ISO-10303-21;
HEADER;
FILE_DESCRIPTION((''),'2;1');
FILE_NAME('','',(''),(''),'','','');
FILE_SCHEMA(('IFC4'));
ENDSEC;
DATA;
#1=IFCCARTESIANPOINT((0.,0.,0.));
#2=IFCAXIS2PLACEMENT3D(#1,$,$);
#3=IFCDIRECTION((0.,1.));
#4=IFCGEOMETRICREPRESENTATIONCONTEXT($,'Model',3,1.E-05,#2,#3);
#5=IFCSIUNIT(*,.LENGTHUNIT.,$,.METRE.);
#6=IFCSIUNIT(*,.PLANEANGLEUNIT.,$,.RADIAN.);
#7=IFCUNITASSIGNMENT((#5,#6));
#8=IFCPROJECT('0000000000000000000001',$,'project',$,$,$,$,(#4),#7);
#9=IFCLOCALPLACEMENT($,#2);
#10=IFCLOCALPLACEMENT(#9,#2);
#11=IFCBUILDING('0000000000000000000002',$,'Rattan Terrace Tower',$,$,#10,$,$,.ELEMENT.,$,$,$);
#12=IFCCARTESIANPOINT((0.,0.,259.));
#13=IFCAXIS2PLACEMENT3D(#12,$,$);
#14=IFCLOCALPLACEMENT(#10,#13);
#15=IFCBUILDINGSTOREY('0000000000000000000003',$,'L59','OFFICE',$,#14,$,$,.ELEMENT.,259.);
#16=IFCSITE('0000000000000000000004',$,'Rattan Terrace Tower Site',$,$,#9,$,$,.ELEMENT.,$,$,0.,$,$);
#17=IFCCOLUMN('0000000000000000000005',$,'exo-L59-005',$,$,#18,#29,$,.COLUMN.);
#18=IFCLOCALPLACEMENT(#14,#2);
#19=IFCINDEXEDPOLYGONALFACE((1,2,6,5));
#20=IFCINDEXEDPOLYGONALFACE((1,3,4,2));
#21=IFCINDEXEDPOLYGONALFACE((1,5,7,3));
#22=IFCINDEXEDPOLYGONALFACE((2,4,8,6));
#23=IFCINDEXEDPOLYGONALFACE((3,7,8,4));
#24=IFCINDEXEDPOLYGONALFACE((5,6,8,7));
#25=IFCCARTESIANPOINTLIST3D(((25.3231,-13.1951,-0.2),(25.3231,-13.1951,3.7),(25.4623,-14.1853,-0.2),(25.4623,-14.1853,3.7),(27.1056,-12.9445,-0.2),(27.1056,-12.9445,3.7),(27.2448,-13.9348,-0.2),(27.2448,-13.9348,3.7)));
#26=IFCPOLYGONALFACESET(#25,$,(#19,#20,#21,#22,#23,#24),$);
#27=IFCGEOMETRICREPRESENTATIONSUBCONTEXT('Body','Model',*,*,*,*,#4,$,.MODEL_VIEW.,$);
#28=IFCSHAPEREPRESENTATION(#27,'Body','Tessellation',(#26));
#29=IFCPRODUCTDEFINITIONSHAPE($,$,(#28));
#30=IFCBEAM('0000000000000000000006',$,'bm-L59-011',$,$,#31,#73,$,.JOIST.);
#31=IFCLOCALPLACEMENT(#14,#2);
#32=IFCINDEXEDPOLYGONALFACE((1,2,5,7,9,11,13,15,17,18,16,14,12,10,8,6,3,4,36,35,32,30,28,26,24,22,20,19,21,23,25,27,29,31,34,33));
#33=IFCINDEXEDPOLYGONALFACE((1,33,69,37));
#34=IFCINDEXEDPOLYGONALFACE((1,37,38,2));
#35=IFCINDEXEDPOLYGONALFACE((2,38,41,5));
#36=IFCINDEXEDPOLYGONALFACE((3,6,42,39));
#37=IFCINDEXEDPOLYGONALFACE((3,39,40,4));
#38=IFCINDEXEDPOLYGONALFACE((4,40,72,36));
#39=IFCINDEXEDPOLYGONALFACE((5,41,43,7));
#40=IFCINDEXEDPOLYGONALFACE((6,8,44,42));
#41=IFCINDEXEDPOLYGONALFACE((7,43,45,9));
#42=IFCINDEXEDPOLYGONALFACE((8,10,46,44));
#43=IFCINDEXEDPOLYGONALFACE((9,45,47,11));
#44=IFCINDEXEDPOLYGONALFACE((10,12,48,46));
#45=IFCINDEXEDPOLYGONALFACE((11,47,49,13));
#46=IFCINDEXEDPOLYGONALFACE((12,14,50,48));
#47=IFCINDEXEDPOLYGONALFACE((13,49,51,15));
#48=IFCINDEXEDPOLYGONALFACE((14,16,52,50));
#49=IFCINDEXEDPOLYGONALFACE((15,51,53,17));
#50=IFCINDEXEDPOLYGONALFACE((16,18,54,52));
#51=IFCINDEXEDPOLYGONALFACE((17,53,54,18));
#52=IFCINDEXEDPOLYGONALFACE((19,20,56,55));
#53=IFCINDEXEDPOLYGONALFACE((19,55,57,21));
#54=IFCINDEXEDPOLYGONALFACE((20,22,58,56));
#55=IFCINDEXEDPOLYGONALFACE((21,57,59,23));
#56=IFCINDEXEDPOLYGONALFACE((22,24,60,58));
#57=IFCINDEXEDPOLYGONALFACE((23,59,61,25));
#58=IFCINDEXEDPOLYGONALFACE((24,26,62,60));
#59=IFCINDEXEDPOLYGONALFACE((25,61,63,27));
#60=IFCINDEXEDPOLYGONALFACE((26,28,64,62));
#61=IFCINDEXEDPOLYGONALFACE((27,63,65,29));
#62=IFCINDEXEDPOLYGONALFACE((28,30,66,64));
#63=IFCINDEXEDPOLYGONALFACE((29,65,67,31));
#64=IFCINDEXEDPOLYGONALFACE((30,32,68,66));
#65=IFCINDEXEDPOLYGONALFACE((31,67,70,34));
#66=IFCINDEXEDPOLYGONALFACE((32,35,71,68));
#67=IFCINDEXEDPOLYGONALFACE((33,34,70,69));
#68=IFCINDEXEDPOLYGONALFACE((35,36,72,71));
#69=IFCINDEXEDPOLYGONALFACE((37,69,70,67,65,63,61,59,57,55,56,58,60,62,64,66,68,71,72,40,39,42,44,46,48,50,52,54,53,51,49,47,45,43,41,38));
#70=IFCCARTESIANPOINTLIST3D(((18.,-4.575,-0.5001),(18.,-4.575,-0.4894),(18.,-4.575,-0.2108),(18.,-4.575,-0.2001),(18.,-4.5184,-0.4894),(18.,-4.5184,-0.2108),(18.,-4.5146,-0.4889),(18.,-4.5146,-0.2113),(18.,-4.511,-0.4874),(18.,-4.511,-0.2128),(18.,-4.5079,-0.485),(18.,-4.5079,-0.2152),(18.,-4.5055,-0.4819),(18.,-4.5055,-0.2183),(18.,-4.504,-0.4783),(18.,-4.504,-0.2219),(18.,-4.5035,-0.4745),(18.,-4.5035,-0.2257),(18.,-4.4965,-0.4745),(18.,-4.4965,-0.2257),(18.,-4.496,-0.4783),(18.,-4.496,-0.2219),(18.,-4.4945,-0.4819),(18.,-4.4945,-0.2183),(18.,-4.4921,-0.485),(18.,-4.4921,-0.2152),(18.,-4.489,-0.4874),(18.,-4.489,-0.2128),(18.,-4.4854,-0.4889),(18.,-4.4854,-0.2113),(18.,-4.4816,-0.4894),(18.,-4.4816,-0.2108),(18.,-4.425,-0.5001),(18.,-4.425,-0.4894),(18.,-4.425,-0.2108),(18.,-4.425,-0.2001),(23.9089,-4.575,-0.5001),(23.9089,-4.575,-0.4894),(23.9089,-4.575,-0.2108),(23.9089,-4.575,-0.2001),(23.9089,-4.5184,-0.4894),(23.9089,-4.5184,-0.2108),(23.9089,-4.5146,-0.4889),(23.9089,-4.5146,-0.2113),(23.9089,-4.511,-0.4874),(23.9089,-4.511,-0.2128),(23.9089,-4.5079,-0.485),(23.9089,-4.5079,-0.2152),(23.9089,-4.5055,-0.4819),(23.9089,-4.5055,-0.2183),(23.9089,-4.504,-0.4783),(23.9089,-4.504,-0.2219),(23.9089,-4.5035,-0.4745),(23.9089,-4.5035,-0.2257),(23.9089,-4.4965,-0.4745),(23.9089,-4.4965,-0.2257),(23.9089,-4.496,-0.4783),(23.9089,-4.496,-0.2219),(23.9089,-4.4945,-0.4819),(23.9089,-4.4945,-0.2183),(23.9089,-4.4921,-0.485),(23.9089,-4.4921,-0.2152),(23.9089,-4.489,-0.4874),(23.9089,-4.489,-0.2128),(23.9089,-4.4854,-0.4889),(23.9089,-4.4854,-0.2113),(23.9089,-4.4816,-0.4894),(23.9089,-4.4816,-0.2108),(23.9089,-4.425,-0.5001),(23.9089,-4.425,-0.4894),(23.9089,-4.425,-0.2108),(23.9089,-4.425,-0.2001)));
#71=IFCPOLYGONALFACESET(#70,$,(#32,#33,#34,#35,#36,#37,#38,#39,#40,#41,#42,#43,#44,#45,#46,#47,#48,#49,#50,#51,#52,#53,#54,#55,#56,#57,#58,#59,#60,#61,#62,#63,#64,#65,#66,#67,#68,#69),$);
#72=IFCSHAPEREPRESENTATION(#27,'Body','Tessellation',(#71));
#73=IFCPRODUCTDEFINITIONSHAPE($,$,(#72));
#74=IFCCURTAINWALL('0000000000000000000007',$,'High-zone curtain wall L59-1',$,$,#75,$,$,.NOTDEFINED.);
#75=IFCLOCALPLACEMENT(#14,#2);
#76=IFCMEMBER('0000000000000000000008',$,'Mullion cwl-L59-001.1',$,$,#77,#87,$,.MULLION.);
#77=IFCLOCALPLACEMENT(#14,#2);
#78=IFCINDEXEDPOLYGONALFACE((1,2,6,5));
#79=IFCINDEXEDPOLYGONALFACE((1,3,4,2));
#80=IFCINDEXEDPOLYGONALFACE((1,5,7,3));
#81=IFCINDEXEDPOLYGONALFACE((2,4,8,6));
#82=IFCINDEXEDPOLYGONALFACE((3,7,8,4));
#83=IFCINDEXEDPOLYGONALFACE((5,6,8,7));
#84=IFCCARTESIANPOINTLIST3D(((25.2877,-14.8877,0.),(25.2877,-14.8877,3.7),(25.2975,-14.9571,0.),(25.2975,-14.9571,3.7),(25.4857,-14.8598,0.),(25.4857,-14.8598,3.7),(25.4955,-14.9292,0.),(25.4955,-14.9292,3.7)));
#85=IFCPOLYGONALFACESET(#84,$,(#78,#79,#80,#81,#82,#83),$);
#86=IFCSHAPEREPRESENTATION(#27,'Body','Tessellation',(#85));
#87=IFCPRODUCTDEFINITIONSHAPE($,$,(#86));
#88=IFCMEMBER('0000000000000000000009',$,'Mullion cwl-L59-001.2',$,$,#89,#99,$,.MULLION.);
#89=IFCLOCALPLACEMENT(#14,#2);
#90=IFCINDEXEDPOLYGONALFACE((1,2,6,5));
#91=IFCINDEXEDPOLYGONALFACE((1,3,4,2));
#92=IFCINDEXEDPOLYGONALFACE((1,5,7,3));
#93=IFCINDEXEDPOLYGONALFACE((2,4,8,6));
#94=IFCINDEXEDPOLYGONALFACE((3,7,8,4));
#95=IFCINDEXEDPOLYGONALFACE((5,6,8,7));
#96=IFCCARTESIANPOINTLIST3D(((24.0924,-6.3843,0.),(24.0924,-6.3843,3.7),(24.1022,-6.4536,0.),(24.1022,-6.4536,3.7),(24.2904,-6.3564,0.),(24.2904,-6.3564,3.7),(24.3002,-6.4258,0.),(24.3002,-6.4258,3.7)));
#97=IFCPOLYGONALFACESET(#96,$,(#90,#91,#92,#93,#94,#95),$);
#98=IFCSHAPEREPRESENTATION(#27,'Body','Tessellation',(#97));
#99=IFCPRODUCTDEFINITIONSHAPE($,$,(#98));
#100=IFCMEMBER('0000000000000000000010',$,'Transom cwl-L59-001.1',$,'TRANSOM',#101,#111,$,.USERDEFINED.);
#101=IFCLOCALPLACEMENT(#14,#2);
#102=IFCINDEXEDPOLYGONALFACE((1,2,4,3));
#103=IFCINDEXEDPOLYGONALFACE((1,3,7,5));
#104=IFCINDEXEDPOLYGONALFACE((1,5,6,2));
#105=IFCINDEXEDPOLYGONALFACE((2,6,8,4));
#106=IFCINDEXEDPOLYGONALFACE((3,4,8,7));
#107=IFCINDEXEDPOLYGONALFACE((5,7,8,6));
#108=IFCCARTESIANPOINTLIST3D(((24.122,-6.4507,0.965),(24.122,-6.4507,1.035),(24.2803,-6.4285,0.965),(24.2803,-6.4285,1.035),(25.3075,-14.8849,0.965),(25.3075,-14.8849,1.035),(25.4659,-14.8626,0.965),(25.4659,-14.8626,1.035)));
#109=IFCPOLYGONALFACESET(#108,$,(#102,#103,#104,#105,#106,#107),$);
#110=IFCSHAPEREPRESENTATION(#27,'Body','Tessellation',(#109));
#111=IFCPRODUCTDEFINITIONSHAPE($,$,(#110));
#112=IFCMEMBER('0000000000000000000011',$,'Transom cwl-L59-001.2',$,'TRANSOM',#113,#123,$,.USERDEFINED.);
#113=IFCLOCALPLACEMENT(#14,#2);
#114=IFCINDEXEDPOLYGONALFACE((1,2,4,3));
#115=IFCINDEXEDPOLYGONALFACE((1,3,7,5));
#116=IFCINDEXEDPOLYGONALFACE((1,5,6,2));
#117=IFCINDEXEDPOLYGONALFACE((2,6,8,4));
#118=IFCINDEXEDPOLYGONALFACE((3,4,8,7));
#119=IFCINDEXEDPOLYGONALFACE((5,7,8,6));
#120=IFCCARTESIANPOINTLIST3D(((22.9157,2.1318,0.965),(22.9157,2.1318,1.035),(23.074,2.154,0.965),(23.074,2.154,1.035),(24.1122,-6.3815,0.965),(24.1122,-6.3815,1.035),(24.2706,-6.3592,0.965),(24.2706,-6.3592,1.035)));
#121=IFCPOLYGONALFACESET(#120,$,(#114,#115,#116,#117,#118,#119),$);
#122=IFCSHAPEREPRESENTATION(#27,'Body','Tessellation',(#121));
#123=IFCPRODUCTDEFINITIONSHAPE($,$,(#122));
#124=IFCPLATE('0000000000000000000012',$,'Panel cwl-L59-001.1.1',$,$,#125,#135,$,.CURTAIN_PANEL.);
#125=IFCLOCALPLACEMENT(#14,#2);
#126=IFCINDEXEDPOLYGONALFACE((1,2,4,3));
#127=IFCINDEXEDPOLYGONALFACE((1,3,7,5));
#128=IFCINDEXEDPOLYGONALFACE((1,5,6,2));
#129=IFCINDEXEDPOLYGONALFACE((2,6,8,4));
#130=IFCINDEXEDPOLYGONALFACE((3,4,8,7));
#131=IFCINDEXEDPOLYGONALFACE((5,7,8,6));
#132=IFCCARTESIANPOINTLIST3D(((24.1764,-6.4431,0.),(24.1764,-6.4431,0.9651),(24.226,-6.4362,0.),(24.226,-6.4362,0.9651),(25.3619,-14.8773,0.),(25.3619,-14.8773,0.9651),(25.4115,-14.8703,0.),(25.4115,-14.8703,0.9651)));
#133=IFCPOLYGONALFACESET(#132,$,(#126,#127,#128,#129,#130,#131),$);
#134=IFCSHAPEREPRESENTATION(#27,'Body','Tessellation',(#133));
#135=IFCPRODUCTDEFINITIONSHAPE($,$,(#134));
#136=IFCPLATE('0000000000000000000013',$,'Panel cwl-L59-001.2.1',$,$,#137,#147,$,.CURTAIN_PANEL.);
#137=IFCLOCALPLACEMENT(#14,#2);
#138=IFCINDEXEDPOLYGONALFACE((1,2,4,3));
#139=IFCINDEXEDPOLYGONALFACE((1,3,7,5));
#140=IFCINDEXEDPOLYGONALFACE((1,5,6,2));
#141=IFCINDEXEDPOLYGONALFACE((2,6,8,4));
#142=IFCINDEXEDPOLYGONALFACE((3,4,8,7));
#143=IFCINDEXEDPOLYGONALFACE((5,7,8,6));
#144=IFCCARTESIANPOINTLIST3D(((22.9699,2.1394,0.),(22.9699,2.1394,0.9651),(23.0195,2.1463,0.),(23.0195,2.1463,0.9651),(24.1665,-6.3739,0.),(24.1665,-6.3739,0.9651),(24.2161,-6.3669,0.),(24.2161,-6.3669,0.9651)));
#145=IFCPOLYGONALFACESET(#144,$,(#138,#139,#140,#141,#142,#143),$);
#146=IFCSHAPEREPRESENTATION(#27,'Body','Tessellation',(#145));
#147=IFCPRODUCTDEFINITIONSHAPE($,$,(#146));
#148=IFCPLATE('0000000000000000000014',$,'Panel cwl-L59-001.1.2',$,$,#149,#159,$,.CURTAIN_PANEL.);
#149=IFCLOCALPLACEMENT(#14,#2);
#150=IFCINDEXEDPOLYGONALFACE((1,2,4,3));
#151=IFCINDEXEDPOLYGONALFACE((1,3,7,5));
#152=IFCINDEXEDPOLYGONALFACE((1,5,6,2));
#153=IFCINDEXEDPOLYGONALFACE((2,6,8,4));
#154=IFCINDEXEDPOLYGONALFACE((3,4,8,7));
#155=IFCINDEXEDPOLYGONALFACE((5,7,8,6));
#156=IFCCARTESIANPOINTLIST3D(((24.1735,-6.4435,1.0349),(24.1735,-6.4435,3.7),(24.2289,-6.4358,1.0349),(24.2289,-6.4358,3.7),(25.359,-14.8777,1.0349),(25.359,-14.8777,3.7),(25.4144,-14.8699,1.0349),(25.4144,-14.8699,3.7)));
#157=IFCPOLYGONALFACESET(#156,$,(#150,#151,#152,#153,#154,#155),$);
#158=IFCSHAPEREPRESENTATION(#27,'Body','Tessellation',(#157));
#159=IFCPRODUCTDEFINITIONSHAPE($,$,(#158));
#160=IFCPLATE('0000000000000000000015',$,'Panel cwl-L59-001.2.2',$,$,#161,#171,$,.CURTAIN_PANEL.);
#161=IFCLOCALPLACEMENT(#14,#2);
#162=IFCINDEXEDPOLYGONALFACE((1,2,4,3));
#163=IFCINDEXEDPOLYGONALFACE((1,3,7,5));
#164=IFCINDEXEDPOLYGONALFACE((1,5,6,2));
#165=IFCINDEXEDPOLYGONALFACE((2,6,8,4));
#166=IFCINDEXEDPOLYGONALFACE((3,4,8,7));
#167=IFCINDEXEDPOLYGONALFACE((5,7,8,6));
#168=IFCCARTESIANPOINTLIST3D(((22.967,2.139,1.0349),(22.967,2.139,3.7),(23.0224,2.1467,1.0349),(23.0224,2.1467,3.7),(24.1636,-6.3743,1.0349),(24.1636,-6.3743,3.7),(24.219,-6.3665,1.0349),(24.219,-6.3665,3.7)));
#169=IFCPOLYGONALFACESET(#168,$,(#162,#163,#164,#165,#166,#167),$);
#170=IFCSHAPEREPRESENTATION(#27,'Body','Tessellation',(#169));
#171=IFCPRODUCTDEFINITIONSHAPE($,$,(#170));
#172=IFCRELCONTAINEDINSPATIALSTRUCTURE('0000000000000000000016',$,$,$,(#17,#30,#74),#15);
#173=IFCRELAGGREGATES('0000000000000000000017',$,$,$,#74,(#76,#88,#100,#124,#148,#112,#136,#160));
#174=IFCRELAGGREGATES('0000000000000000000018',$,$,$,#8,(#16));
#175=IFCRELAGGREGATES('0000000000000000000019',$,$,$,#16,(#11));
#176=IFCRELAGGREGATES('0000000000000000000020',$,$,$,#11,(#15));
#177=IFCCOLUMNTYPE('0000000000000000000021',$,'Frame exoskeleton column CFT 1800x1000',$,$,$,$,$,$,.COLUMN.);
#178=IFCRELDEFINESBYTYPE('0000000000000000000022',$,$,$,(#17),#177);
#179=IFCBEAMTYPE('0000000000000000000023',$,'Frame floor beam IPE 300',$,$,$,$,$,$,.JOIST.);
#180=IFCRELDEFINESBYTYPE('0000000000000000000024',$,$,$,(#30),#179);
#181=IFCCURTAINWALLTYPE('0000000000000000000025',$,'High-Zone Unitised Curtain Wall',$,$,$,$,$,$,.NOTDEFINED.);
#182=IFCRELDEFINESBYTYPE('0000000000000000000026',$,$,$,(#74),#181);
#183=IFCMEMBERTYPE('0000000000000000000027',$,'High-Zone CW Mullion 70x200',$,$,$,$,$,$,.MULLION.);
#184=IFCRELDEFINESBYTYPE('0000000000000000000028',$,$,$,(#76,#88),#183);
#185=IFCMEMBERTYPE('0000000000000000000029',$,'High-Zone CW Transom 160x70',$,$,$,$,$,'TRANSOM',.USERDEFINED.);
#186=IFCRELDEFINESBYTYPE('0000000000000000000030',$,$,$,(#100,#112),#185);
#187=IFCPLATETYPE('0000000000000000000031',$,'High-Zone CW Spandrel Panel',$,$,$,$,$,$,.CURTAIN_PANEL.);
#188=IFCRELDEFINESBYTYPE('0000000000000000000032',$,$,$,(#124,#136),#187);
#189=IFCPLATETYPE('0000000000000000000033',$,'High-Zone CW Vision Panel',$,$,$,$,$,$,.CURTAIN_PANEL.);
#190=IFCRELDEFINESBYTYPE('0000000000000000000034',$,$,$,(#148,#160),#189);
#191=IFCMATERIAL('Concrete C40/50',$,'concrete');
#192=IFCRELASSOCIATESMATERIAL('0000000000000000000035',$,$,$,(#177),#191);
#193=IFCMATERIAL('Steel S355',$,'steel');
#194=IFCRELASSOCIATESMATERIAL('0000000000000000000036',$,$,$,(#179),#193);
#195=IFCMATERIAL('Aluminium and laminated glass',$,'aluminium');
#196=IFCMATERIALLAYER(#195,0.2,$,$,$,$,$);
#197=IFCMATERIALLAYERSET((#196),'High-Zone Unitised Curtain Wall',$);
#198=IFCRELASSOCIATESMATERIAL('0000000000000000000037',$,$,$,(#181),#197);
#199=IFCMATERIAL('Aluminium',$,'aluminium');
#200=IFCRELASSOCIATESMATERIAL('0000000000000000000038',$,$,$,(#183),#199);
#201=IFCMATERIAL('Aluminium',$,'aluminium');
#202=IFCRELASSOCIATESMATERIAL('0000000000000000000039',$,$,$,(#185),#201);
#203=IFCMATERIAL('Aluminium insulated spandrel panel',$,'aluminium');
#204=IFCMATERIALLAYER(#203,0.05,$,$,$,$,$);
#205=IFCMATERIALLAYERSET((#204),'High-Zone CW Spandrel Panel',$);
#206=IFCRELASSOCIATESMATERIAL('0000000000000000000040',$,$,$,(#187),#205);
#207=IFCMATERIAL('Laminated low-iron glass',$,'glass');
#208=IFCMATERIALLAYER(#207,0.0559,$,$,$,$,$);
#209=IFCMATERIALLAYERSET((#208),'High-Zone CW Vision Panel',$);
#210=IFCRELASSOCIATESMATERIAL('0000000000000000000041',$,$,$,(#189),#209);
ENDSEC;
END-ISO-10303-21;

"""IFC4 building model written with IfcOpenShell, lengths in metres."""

from ifc_helpers import new_model, si_unit, direction, frame, origin, origin_2d, place, context, subcontext, project, spatial, rectangle, i_section, extrude, material, layer, layer_set, material_profile, profile_set, type_object, element, aggregate, save


model = new_model("IFC4")

# Units and contexts
model_context = context("Model", 3, precision=1e-05, world=origin(), true_north=direction((0.0, 1.0)))
body_context = subcontext(model_context, "Body", "Model", "MODEL_VIEW")
ifc_project = project(units=[si_unit("LENGTHUNIT", "METRE"), si_unit("PLANEANGLEUNIT", "RADIAN")], contexts=[model_context])

# Site, building, storey
site_placement = place(None, origin())
site = spatial("IfcSite", under=ifc_project, at=site_placement, Name="Rattan Terrace Tower Site", CompositionType="ELEMENT", RefElevation=0.0)
building_placement = place(site_placement, origin())
building = spatial("IfcBuilding", under=site, at=building_placement, Name="Rattan Terrace Tower", CompositionType="ELEMENT")
storey_placement = place(building_placement, frame((0.0, 0.0, 259.0)))
storey = spatial("IfcBuildingStorey", under=building, at=storey_placement, Name="L59", Description="OFFICE", CompositionType="ELEMENT", Elevation=259.0)

# Column
ifc_material_1 = material(Name="Concrete C40/50", Category="concrete")
ifc_material_profile_1 = material_profile(ifc_material_1, rectangle(XDim=1.0, YDim=1.8, at=origin_2d()), Name="CFT 1800x1000")
ifc_profile_set_1 = profile_set([ifc_material_profile_1], Name="Concrete C40/50")
column_type = type_object("IfcColumnType", Name="Frame exoskeleton column CFT 1800x1000", PredefinedType="COLUMN", material=ifc_profile_set_1)
column_placement = place(storey_placement, frame((26.2839, -13.5649, -0.2), z_axis=(0.0, 0.0, 1.0), x_axis=(-0.13919, 0.990266, 0.0)))
element("IfcColumn", 1, at=column_placement, inside=storey, type_object=column_type, Name="exo-L59-005", PredefinedType="COLUMN", context=body_context, shape_type="SweptSolid", body=[
    extrude(rectangle(XDim=1.0, YDim=1.8, at=origin_2d()), origin(), (0.0, 0.0, 1.0), 3.8999),
])

# Beam
ifc_material_2 = material(Name="Steel S355", Category="steel")
ifc_material_profile_2 = material_profile(ifc_material_2, i_section(OverallWidth=0.1499, OverallDepth=0.3, WebThickness=0.0071, FlangeThickness=0.0107, FilletRadius=0.0149, at=origin_2d()), Name="IPE 300")
ifc_profile_set_2 = profile_set([ifc_material_profile_2], Name="Steel S355")
beam_type = type_object("IfcBeamType", Name="Frame floor beam IPE 300", PredefinedType="JOIST", material=ifc_profile_set_2)
beam_placement = place(storey_placement, frame((18.0, -4.5, -0.3501), z_axis=(1.0, 0.0, 0.0), x_axis=(0.0, 1.0, 0.0)))
element("IfcBeam", 2, at=beam_placement, inside=storey, type_object=beam_type, Name="bm-L59-011", PredefinedType="JOIST", context=body_context, shape_type="SweptSolid", body=[
    extrude(i_section(OverallWidth=0.1499, OverallDepth=0.3, WebThickness=0.0071, FlangeThickness=0.0107, FilletRadius=0.0149, at=origin_2d()), origin(), (0.0, 0.0, 1.0), 5.9089),
])

# Curtain wall, members, plates
ifc_material_3 = material(Name="Aluminium and laminated glass", Category="aluminium")
ifc_layer_1 = layer(ifc_material_3, 0.2)
ifc_layer_set_1 = layer_set([ifc_layer_1], Name="High-Zone Unitised Curtain Wall")
curtain_wall_type = type_object("IfcCurtainWallType", Name="High-Zone Unitised Curtain Wall", PredefinedType="NOTDEFINED", material=ifc_layer_set_1)
curtain_wall_placement = place(storey_placement, origin())
curtain_wall = element("IfcCurtainWall", 3, at=curtain_wall_placement, inside=storey, type_object=curtain_wall_type, Name="High-zone curtain wall L59-1", PredefinedType="NOTDEFINED")
ifc_material_4 = material(Name="Aluminium", Category="aluminium")
ifc_material_profile_3 = material_profile(ifc_material_4, rectangle(XDim=0.0701, YDim=0.2, at=origin_2d()), Name="Aluminium 70x200")
ifc_profile_set_3 = profile_set([ifc_material_profile_3], Name="Aluminium")
member_type_1 = type_object("IfcMemberType", Name="High-Zone CW Mullion 70x200", PredefinedType="MULLION", material=ifc_profile_set_3)
member_1_placement = place(storey_placement, frame((25.3916, -14.9084, 0.0), z_axis=(0.0, 0.0, 1.0), x_axis=(-0.139192, 0.990265, 0.0)))
member_1 = element("IfcMember", 4, at=member_1_placement, type_object=member_type_1, Name="Mullion cwl-L59-001.1", PredefinedType="MULLION", context=body_context, shape_type="SweptSolid", body=[
    extrude(rectangle(XDim=0.0701, YDim=0.2, at=origin_2d()), origin(), (0.0, 0.0, 1.0), 3.7),
])
member_2_placement = place(storey_placement, frame((24.1963, -6.405, 0.0), z_axis=(0.0, 0.0, 1.0), x_axis=(-0.139192, 0.990265, 0.0)))
member_2 = element("IfcMember", 5, at=member_2_placement, type_object=member_type_1, Name="Mullion cwl-L59-001.2", PredefinedType="MULLION", context=body_context, shape_type="SweptSolid", body=[
    extrude(rectangle(XDim=0.0701, YDim=0.2, at=origin_2d()), origin(), (0.0, 0.0, 1.0), 3.7),
])
ifc_material_5 = material(Name="Aluminium", Category="aluminium")
ifc_material_profile_4 = material_profile(ifc_material_5, rectangle(XDim=0.1599, YDim=0.0701, at=origin_2d()), Name="Aluminium 160x70")
ifc_profile_set_4 = profile_set([ifc_material_profile_4], Name="Aluminium")
member_type_2 = type_object("IfcMemberType", Name="High-Zone CW Transom 160x70", ElementType="TRANSOM", PredefinedType="USERDEFINED", material=ifc_profile_set_4)
member_3_placement = place(storey_placement, frame((25.3867, -14.8738, 1.0), z_axis=(-0.139198, 0.990265, 0.0), x_axis=(-0.990265, -0.139198, 0.0)))
member_3 = element("IfcMember", 6, at=member_3_placement, type_object=member_type_2, Name="Transom cwl-L59-001.1", ObjectType="TRANSOM", PredefinedType="USERDEFINED", context=body_context, shape_type="SweptSolid", body=[
    extrude(rectangle(XDim=0.1599, YDim=0.0701, at=origin_2d()), origin(), (0.0, 0.0, 1.0), 8.5171),
])
member_4_placement = place(storey_placement, frame((24.1914, -6.3704, 1.0), z_axis=(-0.139183, 0.990267, 0.0), x_axis=(-0.990267, -0.139183, 0.0)))
member_4 = element("IfcMember", 7, at=member_4_placement, type_object=member_type_2, Name="Transom cwl-L59-001.2", ObjectType="TRANSOM", PredefinedType="USERDEFINED", context=body_context, shape_type="SweptSolid", body=[
    extrude(rectangle(XDim=0.1599, YDim=0.0701, at=origin_2d()), origin(), (0.0, 0.0, 1.0), 8.5969),
])
ifc_material_6 = material(Name="Aluminium insulated spandrel panel", Category="aluminium")
ifc_layer_2 = layer(ifc_material_6, 0.05)
ifc_layer_set_2 = layer_set([ifc_layer_2], Name="High-Zone CW Spandrel Panel")
plate_type_1 = type_object("IfcPlateType", Name="High-Zone CW Spandrel Panel", PredefinedType="CURTAIN_PANEL", material=ifc_layer_set_2)
plate_1_placement = place(storey_placement, frame((24.7939, -10.6567, 0.0), z_axis=(0.0, 0.0, 1.0), x_axis=(-0.139192, 0.990265, 0.0)))
plate_1 = element("IfcPlate", 8, at=plate_1_placement, type_object=plate_type_1, Name="Panel cwl-L59-001.1.1", PredefinedType="CURTAIN_PANEL", context=body_context, shape_type="SweptSolid", body=[
    extrude(rectangle(XDim=8.5171, YDim=0.05, at=origin_2d()), origin(), (0.0, 0.0, 1.0), 0.9651),
])
plate_2_placement = place(storey_placement, frame((23.593, -2.1138, 0.0), z_axis=(0.0, 0.0, 1.0), x_axis=(-0.139192, 0.990265, 0.0)))
plate_2 = element("IfcPlate", 9, at=plate_2_placement, type_object=plate_type_1, Name="Panel cwl-L59-001.2.1", PredefinedType="CURTAIN_PANEL", context=body_context, shape_type="SweptSolid", body=[
    extrude(rectangle(XDim=8.5969, YDim=0.05, at=origin_2d()), origin(), (0.0, 0.0, 1.0), 0.9651),
])
ifc_material_7 = material(Name="Laminated low-iron glass", Category="glass")
ifc_layer_3 = layer(ifc_material_7, 0.0559)
ifc_layer_set_3 = layer_set([ifc_layer_3], Name="High-Zone CW Vision Panel")
plate_type_2 = type_object("IfcPlateType", Name="High-Zone CW Vision Panel", PredefinedType="CURTAIN_PANEL", material=ifc_layer_set_3)
plate_3_placement = place(storey_placement, frame((24.7939, -10.6567, 1.0349), z_axis=(0.0, 0.0, 1.0), x_axis=(-0.139192, 0.990265, 0.0)))
plate_3 = element("IfcPlate", 10, at=plate_3_placement, type_object=plate_type_2, Name="Panel cwl-L59-001.1.2", PredefinedType="CURTAIN_PANEL", context=body_context, shape_type="SweptSolid", body=[
    extrude(rectangle(XDim=8.5171, YDim=0.0559, at=origin_2d()), origin(), (0.0, 0.0, 1.0), 2.665),
])
plate_4_placement = place(storey_placement, frame((23.593, -2.1138, 1.0349), z_axis=(0.0, 0.0, 1.0), x_axis=(-0.139192, 0.990265, 0.0)))
plate_4 = element("IfcPlate", 11, at=plate_4_placement, type_object=plate_type_2, Name="Panel cwl-L59-001.2.2", PredefinedType="CURTAIN_PANEL", context=body_context, shape_type="SweptSolid", body=[
    extrude(rectangle(XDim=8.5969, YDim=0.0559, at=origin_2d()), origin(), (0.0, 0.0, 1.0), 2.665),
])
aggregate(curtain_wall, [member_1, member_2, member_3, plate_1, plate_3, member_4, plate_2, plate_4])

save(model, "model.ifc")
